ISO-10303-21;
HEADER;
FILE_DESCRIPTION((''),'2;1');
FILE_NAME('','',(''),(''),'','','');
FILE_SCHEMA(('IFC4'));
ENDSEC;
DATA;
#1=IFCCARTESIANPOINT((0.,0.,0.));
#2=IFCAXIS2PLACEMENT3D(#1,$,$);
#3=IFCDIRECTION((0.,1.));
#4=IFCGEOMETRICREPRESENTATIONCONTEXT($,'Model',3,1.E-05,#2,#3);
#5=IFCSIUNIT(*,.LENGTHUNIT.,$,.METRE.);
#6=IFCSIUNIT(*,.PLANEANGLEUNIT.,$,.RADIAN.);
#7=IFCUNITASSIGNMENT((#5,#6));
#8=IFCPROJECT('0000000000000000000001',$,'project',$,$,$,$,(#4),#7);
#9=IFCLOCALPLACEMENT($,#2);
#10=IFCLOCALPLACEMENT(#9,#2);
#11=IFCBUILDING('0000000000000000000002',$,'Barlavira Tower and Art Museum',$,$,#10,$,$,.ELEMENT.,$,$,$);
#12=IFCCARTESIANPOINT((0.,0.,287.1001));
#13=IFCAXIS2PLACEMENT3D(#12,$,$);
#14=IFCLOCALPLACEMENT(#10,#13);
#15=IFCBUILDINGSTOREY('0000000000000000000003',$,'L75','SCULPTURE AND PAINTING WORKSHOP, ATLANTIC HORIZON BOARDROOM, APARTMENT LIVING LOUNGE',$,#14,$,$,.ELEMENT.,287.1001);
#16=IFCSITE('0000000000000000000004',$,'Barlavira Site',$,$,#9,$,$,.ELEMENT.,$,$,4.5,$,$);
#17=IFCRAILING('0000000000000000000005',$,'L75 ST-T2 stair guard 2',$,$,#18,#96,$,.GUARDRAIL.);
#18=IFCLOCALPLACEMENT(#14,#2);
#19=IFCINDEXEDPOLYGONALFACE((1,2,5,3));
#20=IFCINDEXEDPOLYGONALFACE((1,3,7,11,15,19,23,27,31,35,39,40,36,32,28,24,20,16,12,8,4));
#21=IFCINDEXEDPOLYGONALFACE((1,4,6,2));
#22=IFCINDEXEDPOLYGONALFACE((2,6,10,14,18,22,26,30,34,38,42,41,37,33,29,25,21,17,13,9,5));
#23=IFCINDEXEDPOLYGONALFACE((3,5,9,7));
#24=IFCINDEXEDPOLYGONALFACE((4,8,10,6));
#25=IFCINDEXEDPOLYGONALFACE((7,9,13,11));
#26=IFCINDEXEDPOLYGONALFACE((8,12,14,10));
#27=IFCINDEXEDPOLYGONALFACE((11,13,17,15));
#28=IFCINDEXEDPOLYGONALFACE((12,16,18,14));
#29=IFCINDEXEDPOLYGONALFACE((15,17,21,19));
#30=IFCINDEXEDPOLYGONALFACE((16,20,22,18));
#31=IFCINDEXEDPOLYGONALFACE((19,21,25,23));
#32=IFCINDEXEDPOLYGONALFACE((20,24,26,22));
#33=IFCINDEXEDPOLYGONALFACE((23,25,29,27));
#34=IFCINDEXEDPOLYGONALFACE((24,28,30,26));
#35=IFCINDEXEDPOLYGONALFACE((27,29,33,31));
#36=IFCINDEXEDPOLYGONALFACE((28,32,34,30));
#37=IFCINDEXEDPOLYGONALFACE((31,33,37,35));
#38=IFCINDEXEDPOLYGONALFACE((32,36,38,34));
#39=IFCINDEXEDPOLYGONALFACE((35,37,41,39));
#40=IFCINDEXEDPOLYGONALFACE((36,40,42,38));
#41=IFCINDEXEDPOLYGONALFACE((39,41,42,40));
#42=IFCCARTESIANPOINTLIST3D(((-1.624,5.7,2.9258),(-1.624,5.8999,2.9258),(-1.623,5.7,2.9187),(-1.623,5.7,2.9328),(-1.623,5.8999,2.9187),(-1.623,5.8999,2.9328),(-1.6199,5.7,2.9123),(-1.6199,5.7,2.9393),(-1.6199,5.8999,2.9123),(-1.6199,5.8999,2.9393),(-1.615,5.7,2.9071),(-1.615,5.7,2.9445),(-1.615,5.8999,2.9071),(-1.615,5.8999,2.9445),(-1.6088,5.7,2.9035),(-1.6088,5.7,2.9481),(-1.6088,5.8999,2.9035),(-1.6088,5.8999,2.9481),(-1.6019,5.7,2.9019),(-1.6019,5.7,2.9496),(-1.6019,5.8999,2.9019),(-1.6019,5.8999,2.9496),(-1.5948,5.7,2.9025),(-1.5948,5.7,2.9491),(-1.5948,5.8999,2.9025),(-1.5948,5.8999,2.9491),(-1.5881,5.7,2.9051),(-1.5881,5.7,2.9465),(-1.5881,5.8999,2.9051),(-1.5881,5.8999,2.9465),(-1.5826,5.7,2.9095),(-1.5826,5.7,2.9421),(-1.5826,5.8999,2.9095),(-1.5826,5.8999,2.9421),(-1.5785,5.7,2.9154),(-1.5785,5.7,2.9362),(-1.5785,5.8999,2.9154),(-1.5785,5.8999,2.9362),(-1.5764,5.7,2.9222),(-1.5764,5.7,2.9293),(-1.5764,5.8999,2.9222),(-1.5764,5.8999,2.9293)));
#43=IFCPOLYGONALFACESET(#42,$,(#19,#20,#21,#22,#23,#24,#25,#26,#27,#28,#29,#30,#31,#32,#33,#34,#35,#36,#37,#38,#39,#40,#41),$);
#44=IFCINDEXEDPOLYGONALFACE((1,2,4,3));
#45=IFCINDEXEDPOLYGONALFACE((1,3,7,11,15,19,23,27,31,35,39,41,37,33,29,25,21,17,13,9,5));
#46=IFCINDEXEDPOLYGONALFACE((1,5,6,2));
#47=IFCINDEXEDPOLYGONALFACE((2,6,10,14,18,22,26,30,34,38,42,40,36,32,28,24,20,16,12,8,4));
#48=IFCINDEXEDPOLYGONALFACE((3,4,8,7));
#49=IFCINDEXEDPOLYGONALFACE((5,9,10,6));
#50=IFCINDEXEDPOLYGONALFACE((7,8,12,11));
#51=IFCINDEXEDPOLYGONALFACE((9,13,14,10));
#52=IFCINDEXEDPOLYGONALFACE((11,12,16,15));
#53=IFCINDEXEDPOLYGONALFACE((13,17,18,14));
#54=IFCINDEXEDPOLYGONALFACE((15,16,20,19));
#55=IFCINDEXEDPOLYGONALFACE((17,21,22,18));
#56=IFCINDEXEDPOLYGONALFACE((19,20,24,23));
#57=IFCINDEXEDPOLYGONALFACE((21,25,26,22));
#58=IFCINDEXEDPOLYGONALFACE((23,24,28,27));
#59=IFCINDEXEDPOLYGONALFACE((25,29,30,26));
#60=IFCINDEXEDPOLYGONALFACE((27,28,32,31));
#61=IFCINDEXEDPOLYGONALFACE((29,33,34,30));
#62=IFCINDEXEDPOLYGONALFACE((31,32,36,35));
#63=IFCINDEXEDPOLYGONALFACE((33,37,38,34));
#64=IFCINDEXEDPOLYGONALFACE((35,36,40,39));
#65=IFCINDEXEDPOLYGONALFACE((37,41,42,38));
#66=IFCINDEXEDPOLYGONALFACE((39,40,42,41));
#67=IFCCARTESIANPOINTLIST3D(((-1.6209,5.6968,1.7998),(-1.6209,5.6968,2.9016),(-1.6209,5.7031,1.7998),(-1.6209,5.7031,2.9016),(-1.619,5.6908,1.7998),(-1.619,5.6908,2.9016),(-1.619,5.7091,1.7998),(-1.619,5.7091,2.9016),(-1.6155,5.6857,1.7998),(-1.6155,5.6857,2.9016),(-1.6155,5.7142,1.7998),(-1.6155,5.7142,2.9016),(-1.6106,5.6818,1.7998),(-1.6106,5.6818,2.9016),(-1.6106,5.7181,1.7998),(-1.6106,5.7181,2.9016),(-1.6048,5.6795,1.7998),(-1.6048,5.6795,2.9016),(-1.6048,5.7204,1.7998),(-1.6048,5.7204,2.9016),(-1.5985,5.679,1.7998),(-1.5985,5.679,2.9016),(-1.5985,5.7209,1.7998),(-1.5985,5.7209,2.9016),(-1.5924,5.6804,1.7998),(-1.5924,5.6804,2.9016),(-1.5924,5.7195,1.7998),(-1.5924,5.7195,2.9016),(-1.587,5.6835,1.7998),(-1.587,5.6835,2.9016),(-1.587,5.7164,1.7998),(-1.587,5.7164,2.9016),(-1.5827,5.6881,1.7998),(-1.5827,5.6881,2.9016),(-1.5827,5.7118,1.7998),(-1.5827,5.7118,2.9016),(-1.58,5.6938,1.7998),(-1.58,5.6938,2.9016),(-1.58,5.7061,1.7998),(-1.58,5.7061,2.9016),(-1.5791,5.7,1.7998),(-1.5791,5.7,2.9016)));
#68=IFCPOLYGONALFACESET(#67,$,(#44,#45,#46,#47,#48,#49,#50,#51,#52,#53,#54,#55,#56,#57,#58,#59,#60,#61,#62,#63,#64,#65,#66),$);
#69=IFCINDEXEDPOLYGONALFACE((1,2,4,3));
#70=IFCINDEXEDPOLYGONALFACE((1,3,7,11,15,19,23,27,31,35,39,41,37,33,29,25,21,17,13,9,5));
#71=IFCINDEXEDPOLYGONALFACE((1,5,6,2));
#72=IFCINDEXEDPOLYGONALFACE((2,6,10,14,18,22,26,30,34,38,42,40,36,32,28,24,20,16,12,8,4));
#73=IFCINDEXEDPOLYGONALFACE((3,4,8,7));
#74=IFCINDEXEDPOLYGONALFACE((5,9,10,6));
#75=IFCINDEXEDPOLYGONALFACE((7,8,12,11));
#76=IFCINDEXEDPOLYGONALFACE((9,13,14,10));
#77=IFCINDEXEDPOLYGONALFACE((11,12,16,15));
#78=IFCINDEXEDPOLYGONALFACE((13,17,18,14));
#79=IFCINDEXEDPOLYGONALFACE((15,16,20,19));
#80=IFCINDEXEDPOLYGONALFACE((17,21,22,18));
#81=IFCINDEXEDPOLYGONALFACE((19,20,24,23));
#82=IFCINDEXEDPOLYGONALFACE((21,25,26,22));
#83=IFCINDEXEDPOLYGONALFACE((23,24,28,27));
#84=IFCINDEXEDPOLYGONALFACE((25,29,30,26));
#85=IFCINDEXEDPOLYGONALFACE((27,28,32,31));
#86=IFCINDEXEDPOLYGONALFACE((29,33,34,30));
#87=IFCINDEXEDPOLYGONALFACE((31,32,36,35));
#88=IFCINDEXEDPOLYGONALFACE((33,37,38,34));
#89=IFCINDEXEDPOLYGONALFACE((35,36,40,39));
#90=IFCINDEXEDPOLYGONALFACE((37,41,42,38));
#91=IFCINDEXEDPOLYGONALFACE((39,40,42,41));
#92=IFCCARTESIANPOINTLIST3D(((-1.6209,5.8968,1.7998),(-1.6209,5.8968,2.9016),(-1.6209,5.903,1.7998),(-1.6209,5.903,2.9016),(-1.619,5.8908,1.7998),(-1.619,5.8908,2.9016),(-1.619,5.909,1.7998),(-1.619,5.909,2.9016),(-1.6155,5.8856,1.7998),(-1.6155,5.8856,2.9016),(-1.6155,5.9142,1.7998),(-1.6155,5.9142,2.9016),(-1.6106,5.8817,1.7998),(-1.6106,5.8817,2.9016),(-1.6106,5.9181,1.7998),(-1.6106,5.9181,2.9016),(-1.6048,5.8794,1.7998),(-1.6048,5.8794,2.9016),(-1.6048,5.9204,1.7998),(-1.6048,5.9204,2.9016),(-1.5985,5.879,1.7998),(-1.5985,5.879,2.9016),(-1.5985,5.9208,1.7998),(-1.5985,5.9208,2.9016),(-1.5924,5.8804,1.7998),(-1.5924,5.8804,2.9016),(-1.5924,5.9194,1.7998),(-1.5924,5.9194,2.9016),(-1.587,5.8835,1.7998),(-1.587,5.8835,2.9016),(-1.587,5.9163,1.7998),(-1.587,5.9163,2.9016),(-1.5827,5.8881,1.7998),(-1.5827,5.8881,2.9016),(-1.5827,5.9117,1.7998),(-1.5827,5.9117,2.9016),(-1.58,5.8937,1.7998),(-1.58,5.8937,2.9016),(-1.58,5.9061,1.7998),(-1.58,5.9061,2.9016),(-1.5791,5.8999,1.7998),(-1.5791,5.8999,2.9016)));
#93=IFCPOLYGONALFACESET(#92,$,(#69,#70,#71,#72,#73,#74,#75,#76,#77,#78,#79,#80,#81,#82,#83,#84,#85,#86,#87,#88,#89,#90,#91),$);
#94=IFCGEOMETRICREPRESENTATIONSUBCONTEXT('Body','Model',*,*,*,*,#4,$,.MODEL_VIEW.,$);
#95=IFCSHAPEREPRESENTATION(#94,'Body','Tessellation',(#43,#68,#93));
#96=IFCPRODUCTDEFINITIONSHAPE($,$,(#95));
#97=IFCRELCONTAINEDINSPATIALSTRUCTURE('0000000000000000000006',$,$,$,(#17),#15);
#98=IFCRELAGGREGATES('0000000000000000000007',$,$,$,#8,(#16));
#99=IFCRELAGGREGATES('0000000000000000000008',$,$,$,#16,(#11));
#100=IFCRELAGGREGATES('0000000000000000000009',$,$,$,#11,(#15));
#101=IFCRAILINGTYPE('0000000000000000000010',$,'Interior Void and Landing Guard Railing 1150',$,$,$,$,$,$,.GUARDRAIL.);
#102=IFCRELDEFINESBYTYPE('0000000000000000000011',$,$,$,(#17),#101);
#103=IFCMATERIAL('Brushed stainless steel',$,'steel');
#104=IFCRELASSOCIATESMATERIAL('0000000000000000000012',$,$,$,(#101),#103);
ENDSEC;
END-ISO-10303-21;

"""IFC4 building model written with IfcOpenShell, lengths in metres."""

from ifc_helpers import new_model, si_unit, direction, frame, origin, origin_2d, place, context, subcontext, project, spatial, circle, extrude, material, type_object, element, save


model = new_model("IFC4")

# Units and contexts
model_context = context("Model", 3, precision=1e-05, world=origin(), true_north=direction((0.0, 1.0)))
body_context = subcontext(model_context, "Body", "Model", "MODEL_VIEW")
ifc_project = project(units=[si_unit("LENGTHUNIT", "METRE"), si_unit("PLANEANGLEUNIT", "RADIAN")], contexts=[model_context])

# Site, building, storey
site_placement = place(None, origin())
site = spatial("IfcSite", under=ifc_project, at=site_placement, Name="Barlavira Site", CompositionType="ELEMENT", RefElevation=4.5)
building_placement = place(site_placement, origin())
building = spatial("IfcBuilding", under=site, at=building_placement, Name="Barlavira Tower and Art Museum", CompositionType="ELEMENT")
storey_placement = place(building_placement, frame((0.0, 0.0, 287.1001)))
storey = spatial("IfcBuildingStorey", under=building, at=storey_placement, Name="L75", Description="SCULPTURE AND PAINTING WORKSHOP, ATLANTIC HORIZON BOARDROOM, APARTMENT LIVING LOUNGE", CompositionType="ELEMENT", Elevation=287.1001)

# Shared definitions
ifc_material_1 = material(Name="Brushed stainless steel", Category="steel")

# Railing
railing_type_1 = type_object("IfcRailingType", Name="Interior Void and Landing Guard Railing 1150", PredefinedType="GUARDRAIL", material=ifc_material_1)
railing_1_placement = place(storey_placement, frame((-1.6001, 5.7, 1.7998)))
element("IfcRailing", 1, at=railing_1_placement, inside=storey, type_object=railing_type_1, Name="L75 ST-T2 stair guard 2", PredefinedType="GUARDRAIL", context=body_context, shape_type="SweptSolid", body=[
    extrude(circle(Radius=0.0239, at=origin_2d()), frame((0.0, 0.0, 1.126), z_axis=(0.0, 1.0, 0.0), x_axis=(-1.0, 0.0, 0.0)), (0.0, 0.0, 1.0), 0.2),
    extrude(circle(Radius=0.021, at=origin_2d()), origin(), (0.0, 0.0, 1.0), 1.1018),
    extrude(circle(Radius=0.021, at=origin_2d()), frame((0.0, 0.2, 0.0)), (0.0, 0.0, 1.0), 1.1018),
])

save(model, "model.ifc")
